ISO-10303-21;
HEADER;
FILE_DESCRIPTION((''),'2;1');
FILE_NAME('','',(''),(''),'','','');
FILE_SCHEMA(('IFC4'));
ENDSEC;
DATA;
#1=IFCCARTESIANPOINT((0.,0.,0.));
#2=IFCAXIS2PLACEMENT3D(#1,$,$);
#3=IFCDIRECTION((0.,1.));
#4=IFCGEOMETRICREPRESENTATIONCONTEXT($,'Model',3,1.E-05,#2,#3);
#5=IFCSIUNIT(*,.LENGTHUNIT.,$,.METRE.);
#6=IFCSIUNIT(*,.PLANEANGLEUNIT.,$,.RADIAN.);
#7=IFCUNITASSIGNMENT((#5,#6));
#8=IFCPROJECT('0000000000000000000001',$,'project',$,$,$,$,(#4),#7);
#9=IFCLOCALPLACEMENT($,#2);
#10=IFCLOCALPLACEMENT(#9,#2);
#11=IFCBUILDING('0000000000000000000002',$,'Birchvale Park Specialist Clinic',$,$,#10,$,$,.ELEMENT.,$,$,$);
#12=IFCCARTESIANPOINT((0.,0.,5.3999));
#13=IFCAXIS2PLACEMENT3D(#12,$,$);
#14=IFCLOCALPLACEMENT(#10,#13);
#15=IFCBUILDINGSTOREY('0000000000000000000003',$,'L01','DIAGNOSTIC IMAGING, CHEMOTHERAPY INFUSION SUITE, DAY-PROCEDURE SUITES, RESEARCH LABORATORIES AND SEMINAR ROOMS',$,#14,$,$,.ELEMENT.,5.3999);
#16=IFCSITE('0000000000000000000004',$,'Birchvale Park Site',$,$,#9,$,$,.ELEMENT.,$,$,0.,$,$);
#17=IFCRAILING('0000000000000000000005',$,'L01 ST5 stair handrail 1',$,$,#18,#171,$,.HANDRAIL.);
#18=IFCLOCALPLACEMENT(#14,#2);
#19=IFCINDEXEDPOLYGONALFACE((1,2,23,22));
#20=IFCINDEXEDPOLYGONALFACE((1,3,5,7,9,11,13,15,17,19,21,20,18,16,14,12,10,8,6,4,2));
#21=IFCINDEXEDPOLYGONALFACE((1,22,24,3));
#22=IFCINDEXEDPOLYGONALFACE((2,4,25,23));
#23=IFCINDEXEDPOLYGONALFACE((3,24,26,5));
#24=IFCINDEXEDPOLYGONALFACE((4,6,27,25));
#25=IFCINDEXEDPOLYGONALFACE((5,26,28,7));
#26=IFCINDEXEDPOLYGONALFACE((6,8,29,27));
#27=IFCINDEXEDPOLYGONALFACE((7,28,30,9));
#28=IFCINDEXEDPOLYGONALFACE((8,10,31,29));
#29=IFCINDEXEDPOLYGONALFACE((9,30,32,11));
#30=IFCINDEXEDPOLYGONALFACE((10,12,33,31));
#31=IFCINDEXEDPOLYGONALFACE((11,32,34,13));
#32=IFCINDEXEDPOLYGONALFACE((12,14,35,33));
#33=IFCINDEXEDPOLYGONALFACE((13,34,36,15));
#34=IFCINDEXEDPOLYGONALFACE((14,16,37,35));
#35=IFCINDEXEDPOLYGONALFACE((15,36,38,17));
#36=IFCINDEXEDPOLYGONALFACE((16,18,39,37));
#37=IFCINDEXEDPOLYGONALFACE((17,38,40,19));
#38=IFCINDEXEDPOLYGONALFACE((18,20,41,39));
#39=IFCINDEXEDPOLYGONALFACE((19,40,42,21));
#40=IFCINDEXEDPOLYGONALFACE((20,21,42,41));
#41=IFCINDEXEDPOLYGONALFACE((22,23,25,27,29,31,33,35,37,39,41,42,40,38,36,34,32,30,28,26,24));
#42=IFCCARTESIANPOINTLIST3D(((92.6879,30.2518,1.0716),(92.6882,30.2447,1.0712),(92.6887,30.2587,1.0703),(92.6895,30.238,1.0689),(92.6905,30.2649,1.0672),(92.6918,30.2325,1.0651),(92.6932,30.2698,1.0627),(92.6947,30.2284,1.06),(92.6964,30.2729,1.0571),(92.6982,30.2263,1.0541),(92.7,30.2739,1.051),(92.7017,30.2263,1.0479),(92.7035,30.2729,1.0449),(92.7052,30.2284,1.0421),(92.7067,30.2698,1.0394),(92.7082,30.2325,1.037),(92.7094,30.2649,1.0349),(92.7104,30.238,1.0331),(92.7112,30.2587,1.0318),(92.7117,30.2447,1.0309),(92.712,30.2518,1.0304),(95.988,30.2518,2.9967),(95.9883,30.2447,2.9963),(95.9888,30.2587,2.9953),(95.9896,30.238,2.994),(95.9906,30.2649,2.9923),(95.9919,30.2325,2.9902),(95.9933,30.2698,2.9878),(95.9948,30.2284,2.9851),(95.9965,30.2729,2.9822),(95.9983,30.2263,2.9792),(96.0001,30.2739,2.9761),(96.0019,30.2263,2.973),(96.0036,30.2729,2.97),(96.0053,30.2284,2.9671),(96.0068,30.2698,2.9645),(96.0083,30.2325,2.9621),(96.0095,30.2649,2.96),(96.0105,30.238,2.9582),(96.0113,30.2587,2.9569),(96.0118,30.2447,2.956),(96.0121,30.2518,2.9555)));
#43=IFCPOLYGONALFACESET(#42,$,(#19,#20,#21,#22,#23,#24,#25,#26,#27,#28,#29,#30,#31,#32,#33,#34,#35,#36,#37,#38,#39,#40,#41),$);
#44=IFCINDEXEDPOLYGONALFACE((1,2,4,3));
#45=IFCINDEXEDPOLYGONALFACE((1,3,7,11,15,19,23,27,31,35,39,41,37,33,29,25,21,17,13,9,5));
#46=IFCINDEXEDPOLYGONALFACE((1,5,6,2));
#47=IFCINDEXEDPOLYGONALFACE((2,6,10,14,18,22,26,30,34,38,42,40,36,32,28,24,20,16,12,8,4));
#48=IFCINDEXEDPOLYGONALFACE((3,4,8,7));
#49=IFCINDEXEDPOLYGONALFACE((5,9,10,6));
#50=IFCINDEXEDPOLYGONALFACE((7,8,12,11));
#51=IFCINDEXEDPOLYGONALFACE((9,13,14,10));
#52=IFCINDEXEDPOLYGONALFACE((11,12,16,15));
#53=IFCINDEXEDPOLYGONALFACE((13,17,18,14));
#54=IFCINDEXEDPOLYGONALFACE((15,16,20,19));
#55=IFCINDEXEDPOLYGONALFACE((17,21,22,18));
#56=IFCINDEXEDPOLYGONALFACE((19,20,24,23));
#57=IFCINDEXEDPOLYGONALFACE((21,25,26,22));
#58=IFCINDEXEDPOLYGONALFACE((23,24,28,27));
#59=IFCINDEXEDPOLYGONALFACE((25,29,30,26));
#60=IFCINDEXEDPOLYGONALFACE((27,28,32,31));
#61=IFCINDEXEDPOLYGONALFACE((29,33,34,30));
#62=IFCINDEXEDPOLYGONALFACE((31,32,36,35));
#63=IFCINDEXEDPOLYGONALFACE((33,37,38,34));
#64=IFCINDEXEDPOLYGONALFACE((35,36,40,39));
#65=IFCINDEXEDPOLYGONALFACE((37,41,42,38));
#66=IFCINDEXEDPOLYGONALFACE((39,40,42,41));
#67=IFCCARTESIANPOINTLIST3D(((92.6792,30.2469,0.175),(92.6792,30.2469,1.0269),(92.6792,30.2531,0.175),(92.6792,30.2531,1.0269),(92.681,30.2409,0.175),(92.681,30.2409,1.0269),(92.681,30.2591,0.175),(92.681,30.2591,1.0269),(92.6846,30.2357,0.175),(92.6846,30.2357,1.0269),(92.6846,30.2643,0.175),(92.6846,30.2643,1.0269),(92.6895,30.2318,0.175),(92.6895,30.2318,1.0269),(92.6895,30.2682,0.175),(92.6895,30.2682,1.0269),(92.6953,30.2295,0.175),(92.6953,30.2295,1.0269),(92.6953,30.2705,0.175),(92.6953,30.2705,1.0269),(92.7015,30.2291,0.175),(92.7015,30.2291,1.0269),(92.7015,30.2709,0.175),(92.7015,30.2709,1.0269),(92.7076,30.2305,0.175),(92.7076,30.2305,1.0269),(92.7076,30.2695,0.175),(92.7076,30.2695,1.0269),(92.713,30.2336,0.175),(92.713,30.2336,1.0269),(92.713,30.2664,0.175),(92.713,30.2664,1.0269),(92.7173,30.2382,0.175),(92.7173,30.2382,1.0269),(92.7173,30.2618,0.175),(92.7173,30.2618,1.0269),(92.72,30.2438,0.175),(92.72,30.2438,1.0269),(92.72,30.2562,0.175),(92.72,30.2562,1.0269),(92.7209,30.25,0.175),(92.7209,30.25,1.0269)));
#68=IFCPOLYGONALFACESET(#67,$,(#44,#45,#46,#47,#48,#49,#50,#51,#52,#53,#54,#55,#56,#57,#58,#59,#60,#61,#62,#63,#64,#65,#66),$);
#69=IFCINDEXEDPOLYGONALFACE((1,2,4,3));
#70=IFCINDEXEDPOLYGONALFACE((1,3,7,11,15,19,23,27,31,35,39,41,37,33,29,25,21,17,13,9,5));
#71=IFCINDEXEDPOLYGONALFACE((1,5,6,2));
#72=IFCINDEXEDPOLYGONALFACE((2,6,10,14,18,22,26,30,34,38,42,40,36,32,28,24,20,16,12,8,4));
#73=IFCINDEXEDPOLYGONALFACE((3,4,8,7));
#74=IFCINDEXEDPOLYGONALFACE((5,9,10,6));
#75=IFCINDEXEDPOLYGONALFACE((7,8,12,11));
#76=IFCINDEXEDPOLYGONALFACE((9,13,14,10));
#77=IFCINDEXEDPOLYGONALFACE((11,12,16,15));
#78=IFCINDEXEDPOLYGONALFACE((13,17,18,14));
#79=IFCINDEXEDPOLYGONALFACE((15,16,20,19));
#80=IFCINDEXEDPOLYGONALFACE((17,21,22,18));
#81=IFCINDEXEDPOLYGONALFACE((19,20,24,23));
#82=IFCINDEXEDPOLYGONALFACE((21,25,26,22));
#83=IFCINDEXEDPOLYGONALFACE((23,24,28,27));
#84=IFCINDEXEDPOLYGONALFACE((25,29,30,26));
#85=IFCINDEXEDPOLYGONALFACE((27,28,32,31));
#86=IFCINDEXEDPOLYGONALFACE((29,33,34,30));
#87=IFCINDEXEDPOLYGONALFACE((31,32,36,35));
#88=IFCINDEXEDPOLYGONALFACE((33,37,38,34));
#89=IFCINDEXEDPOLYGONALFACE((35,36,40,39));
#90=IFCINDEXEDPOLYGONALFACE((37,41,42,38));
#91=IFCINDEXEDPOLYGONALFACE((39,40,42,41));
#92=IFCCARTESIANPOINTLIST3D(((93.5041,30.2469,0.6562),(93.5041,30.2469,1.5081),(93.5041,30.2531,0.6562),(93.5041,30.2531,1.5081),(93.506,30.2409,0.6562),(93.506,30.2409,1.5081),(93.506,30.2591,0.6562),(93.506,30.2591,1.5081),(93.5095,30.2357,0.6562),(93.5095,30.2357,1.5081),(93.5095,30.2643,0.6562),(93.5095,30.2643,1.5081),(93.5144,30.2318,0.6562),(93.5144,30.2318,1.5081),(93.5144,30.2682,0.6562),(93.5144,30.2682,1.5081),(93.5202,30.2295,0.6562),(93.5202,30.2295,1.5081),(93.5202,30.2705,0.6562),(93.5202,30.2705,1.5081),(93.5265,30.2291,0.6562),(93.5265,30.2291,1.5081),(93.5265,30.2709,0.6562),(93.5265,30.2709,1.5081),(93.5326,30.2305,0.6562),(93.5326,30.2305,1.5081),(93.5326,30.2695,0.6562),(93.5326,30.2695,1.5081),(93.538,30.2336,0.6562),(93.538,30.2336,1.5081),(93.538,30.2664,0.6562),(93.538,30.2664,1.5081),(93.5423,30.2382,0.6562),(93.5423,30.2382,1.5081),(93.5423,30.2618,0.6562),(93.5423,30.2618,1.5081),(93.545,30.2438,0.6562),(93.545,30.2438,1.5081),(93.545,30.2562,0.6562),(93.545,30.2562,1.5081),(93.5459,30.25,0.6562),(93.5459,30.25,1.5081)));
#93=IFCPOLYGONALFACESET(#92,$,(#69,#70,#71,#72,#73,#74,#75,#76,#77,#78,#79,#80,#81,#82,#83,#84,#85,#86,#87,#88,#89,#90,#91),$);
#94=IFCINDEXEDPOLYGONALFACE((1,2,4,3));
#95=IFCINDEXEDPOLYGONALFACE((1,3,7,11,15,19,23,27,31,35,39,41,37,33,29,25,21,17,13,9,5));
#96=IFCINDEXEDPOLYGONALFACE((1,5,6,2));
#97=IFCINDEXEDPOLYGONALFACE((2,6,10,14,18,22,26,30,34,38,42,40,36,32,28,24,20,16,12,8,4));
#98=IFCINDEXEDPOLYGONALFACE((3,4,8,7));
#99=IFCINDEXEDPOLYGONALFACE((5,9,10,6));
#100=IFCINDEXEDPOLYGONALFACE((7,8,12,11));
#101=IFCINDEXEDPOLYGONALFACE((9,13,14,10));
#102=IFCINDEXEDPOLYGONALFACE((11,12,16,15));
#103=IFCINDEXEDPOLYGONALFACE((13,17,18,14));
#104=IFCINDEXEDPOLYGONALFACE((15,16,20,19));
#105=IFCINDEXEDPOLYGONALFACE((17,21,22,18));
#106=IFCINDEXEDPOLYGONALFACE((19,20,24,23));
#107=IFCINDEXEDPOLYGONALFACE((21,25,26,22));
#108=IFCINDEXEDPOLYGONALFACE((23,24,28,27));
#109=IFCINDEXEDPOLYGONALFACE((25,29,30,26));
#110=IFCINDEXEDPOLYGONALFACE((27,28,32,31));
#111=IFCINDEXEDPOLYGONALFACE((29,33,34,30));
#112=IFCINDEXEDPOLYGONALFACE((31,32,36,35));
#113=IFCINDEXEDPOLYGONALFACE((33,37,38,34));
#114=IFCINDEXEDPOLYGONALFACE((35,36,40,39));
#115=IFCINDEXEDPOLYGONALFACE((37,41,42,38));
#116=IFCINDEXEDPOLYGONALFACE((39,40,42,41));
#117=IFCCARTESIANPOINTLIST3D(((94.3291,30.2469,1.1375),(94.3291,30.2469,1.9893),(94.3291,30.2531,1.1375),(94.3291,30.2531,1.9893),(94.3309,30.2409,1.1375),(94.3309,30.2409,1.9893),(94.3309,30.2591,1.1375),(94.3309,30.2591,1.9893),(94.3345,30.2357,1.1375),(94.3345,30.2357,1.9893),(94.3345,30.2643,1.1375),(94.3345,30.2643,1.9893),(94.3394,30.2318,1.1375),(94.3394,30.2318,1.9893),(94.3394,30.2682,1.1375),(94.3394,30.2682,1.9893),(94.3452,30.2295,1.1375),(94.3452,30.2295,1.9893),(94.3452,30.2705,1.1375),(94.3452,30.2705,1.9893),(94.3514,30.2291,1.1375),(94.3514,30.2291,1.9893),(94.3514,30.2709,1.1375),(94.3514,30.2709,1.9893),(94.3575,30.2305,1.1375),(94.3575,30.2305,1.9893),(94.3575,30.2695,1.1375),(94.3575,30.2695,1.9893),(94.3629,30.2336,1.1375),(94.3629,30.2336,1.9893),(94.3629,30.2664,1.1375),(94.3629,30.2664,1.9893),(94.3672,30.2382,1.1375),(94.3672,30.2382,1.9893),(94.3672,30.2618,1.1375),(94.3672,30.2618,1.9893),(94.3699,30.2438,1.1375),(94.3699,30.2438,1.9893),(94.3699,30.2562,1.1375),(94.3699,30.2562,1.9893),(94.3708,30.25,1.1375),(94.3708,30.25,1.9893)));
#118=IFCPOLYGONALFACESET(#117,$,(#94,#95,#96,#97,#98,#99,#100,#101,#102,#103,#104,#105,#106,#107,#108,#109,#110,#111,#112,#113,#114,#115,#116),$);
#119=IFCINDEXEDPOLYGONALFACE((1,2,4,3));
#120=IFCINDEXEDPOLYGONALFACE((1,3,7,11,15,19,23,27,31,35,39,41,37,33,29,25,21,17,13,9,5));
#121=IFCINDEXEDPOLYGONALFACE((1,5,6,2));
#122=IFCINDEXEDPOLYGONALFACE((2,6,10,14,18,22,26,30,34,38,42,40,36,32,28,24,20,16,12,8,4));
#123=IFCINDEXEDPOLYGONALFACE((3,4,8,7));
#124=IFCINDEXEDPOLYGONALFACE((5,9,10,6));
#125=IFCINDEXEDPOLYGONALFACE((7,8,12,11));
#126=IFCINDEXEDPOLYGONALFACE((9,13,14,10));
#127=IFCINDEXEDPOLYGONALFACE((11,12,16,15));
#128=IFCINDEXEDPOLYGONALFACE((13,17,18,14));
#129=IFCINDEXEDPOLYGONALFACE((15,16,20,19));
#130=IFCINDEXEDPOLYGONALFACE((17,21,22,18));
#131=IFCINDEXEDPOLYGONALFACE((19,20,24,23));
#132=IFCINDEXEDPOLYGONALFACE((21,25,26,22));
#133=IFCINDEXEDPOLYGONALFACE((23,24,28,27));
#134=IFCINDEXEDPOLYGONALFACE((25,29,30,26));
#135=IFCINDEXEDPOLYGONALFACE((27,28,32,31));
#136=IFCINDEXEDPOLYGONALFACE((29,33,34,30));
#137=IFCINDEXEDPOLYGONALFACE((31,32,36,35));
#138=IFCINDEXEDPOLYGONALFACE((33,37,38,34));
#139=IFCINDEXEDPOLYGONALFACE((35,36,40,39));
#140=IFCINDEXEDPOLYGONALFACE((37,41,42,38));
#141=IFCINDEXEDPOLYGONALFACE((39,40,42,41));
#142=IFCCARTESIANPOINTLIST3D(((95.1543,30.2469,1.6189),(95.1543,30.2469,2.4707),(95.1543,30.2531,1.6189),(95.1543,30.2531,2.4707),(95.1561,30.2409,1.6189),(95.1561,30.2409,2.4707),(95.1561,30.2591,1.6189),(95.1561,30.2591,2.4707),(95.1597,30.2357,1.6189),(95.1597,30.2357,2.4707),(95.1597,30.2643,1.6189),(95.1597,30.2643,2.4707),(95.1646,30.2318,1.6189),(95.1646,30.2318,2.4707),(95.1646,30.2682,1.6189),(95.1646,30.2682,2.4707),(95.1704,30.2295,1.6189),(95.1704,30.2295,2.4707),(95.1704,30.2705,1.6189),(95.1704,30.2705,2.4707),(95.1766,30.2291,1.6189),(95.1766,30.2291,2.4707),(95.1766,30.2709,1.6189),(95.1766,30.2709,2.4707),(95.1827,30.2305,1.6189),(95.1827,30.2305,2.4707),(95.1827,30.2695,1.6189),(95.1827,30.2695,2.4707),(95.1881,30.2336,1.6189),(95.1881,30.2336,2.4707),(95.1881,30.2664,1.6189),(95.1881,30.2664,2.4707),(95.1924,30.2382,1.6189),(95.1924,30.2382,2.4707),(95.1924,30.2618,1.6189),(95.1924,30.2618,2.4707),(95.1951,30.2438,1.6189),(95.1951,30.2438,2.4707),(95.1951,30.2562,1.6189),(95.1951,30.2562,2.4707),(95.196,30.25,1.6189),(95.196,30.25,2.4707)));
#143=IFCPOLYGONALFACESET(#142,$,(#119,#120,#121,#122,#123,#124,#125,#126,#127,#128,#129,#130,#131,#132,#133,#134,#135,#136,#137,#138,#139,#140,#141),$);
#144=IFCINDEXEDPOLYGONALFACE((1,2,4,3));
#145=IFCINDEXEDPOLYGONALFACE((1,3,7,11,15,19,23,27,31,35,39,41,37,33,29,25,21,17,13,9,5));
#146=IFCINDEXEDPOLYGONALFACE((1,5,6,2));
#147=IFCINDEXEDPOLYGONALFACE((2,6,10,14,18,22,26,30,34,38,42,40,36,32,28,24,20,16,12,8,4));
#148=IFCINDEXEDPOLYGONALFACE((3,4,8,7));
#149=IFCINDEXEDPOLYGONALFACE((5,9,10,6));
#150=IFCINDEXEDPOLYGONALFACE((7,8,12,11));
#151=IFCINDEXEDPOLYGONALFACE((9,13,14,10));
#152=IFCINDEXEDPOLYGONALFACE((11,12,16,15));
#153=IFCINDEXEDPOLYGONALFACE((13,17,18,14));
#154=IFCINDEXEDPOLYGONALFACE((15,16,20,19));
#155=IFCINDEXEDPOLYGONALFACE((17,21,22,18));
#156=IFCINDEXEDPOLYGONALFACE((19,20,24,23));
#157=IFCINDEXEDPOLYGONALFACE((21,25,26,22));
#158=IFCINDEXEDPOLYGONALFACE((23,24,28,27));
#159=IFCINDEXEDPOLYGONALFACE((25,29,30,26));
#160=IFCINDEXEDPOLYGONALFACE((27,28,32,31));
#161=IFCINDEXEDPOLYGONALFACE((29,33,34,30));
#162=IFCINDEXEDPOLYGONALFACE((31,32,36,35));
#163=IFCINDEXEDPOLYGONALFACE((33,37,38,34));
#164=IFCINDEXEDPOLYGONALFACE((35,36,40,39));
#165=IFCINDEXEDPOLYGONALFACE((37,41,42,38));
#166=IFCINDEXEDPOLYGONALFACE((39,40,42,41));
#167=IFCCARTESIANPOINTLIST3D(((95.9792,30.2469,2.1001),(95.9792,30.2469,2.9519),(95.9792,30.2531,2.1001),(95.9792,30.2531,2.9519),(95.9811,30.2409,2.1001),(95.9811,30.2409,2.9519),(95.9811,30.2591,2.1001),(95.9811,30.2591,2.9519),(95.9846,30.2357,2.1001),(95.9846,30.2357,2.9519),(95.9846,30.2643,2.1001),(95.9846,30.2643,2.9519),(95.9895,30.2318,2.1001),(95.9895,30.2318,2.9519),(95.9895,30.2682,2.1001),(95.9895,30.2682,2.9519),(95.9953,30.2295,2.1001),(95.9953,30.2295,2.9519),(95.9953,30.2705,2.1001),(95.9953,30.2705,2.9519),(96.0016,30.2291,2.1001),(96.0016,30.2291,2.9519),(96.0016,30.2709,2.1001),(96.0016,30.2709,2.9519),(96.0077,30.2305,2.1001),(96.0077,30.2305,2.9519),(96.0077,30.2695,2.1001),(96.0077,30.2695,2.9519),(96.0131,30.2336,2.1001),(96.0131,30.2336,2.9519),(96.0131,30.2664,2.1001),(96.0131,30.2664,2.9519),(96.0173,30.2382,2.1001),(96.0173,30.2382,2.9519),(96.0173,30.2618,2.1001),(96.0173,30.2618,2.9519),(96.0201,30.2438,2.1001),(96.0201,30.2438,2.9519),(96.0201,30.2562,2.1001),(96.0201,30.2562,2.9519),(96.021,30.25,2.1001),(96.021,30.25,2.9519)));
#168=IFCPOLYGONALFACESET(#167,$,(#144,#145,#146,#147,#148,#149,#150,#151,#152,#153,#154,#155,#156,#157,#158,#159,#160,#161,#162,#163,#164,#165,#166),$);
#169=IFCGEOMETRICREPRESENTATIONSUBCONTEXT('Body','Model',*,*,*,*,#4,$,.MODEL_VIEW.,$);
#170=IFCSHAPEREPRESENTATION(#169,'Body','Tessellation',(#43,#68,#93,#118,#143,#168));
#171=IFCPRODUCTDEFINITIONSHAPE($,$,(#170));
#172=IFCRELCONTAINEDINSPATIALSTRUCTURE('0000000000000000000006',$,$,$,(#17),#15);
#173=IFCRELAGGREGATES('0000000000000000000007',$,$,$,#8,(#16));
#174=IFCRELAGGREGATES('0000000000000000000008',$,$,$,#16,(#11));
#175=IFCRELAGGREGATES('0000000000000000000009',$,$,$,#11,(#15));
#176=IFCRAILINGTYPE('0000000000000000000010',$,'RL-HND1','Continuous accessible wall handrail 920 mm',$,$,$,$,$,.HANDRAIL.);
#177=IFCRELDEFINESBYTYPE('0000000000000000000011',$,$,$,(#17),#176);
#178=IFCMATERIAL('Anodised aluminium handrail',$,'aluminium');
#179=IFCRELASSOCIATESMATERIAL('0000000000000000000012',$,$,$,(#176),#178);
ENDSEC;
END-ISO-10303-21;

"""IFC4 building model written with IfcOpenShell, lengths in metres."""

from ifc_helpers import new_model, si_unit, direction, frame, origin, origin_2d, place, context, subcontext, project, spatial, circle, extrude, material, type_object, element, save


model = new_model("IFC4")

# Units and contexts
model_context = context("Model", 3, precision=1e-05, world=origin(), true_north=direction((0.0, 1.0)))
body_context = subcontext(model_context, "Body", "Model", "MODEL_VIEW")
ifc_project = project(units=[si_unit("LENGTHUNIT", "METRE"), si_unit("PLANEANGLEUNIT", "RADIAN")], contexts=[model_context])

# Site, building, storey
site_placement = place(None, origin())
site = spatial("IfcSite", under=ifc_project, at=site_placement, Name="Birchvale Park Site", CompositionType="ELEMENT", RefElevation=0.0)
building_placement = place(site_placement, origin())
building = spatial("IfcBuilding", under=site, at=building_placement, Name="Birchvale Park Specialist Clinic", CompositionType="ELEMENT")
storey_placement = place(building_placement, frame((0.0, 0.0, 5.3999)))
storey = spatial("IfcBuildingStorey", under=building, at=storey_placement, Name="L01", Description="DIAGNOSTIC IMAGING, CHEMOTHERAPY INFUSION SUITE, DAY-PROCEDURE SUITES, RESEARCH LABORATORIES AND SEMINAR ROOMS", CompositionType="ELEMENT", Elevation=5.3999)

# Railing
ifc_material_1 = material(Name="Anodised aluminium handrail", Category="aluminium")
railing_type_1 = type_object("IfcRailingType", Name="RL-HND1", Description="Continuous accessible wall handrail 920 mm", PredefinedType="HANDRAIL", material=ifc_material_1)
railing_1_placement = place(storey_placement, frame((92.7, 30.25, 0.175)))
element("IfcRailing", 1, at=railing_1_placement, inside=storey, type_object=railing_type_1, Name="L01 ST5 stair handrail 1", PredefinedType="HANDRAIL", context=body_context, shape_type="SweptSolid", body=[
    extrude(circle(Radius=0.0239, at=origin_2d()), frame((0.0, 0.0, 0.876), z_axis=(0.863777, 0.0, 0.503875), x_axis=(0.0, 1.0, 0.0)), (0.0, 0.0, 1.0), 3.8206),
    extrude(circle(Radius=0.021, at=origin_2d()), origin(), (0.0, 0.0, 1.0), 0.8518),
    extrude(circle(Radius=0.021, at=origin_2d()), frame((0.825, 0.0, 0.4812)), (0.0, 0.0, 1.0), 0.8518),
    extrude(circle(Radius=0.021, at=origin_2d()), frame((1.6499, 0.0, 0.9624)), (0.0, 0.0, 1.0), 0.8518),
    extrude(circle(Radius=0.021, at=origin_2d()), frame((2.4751, 0.0, 1.4438)), (0.0, 0.0, 1.0), 0.8518),
    extrude(circle(Radius=0.021, at=origin_2d()), frame((3.3, 0.0, 1.925)), (0.0, 0.0, 1.0), 0.8518),
])

save(model, "model.ifc")
